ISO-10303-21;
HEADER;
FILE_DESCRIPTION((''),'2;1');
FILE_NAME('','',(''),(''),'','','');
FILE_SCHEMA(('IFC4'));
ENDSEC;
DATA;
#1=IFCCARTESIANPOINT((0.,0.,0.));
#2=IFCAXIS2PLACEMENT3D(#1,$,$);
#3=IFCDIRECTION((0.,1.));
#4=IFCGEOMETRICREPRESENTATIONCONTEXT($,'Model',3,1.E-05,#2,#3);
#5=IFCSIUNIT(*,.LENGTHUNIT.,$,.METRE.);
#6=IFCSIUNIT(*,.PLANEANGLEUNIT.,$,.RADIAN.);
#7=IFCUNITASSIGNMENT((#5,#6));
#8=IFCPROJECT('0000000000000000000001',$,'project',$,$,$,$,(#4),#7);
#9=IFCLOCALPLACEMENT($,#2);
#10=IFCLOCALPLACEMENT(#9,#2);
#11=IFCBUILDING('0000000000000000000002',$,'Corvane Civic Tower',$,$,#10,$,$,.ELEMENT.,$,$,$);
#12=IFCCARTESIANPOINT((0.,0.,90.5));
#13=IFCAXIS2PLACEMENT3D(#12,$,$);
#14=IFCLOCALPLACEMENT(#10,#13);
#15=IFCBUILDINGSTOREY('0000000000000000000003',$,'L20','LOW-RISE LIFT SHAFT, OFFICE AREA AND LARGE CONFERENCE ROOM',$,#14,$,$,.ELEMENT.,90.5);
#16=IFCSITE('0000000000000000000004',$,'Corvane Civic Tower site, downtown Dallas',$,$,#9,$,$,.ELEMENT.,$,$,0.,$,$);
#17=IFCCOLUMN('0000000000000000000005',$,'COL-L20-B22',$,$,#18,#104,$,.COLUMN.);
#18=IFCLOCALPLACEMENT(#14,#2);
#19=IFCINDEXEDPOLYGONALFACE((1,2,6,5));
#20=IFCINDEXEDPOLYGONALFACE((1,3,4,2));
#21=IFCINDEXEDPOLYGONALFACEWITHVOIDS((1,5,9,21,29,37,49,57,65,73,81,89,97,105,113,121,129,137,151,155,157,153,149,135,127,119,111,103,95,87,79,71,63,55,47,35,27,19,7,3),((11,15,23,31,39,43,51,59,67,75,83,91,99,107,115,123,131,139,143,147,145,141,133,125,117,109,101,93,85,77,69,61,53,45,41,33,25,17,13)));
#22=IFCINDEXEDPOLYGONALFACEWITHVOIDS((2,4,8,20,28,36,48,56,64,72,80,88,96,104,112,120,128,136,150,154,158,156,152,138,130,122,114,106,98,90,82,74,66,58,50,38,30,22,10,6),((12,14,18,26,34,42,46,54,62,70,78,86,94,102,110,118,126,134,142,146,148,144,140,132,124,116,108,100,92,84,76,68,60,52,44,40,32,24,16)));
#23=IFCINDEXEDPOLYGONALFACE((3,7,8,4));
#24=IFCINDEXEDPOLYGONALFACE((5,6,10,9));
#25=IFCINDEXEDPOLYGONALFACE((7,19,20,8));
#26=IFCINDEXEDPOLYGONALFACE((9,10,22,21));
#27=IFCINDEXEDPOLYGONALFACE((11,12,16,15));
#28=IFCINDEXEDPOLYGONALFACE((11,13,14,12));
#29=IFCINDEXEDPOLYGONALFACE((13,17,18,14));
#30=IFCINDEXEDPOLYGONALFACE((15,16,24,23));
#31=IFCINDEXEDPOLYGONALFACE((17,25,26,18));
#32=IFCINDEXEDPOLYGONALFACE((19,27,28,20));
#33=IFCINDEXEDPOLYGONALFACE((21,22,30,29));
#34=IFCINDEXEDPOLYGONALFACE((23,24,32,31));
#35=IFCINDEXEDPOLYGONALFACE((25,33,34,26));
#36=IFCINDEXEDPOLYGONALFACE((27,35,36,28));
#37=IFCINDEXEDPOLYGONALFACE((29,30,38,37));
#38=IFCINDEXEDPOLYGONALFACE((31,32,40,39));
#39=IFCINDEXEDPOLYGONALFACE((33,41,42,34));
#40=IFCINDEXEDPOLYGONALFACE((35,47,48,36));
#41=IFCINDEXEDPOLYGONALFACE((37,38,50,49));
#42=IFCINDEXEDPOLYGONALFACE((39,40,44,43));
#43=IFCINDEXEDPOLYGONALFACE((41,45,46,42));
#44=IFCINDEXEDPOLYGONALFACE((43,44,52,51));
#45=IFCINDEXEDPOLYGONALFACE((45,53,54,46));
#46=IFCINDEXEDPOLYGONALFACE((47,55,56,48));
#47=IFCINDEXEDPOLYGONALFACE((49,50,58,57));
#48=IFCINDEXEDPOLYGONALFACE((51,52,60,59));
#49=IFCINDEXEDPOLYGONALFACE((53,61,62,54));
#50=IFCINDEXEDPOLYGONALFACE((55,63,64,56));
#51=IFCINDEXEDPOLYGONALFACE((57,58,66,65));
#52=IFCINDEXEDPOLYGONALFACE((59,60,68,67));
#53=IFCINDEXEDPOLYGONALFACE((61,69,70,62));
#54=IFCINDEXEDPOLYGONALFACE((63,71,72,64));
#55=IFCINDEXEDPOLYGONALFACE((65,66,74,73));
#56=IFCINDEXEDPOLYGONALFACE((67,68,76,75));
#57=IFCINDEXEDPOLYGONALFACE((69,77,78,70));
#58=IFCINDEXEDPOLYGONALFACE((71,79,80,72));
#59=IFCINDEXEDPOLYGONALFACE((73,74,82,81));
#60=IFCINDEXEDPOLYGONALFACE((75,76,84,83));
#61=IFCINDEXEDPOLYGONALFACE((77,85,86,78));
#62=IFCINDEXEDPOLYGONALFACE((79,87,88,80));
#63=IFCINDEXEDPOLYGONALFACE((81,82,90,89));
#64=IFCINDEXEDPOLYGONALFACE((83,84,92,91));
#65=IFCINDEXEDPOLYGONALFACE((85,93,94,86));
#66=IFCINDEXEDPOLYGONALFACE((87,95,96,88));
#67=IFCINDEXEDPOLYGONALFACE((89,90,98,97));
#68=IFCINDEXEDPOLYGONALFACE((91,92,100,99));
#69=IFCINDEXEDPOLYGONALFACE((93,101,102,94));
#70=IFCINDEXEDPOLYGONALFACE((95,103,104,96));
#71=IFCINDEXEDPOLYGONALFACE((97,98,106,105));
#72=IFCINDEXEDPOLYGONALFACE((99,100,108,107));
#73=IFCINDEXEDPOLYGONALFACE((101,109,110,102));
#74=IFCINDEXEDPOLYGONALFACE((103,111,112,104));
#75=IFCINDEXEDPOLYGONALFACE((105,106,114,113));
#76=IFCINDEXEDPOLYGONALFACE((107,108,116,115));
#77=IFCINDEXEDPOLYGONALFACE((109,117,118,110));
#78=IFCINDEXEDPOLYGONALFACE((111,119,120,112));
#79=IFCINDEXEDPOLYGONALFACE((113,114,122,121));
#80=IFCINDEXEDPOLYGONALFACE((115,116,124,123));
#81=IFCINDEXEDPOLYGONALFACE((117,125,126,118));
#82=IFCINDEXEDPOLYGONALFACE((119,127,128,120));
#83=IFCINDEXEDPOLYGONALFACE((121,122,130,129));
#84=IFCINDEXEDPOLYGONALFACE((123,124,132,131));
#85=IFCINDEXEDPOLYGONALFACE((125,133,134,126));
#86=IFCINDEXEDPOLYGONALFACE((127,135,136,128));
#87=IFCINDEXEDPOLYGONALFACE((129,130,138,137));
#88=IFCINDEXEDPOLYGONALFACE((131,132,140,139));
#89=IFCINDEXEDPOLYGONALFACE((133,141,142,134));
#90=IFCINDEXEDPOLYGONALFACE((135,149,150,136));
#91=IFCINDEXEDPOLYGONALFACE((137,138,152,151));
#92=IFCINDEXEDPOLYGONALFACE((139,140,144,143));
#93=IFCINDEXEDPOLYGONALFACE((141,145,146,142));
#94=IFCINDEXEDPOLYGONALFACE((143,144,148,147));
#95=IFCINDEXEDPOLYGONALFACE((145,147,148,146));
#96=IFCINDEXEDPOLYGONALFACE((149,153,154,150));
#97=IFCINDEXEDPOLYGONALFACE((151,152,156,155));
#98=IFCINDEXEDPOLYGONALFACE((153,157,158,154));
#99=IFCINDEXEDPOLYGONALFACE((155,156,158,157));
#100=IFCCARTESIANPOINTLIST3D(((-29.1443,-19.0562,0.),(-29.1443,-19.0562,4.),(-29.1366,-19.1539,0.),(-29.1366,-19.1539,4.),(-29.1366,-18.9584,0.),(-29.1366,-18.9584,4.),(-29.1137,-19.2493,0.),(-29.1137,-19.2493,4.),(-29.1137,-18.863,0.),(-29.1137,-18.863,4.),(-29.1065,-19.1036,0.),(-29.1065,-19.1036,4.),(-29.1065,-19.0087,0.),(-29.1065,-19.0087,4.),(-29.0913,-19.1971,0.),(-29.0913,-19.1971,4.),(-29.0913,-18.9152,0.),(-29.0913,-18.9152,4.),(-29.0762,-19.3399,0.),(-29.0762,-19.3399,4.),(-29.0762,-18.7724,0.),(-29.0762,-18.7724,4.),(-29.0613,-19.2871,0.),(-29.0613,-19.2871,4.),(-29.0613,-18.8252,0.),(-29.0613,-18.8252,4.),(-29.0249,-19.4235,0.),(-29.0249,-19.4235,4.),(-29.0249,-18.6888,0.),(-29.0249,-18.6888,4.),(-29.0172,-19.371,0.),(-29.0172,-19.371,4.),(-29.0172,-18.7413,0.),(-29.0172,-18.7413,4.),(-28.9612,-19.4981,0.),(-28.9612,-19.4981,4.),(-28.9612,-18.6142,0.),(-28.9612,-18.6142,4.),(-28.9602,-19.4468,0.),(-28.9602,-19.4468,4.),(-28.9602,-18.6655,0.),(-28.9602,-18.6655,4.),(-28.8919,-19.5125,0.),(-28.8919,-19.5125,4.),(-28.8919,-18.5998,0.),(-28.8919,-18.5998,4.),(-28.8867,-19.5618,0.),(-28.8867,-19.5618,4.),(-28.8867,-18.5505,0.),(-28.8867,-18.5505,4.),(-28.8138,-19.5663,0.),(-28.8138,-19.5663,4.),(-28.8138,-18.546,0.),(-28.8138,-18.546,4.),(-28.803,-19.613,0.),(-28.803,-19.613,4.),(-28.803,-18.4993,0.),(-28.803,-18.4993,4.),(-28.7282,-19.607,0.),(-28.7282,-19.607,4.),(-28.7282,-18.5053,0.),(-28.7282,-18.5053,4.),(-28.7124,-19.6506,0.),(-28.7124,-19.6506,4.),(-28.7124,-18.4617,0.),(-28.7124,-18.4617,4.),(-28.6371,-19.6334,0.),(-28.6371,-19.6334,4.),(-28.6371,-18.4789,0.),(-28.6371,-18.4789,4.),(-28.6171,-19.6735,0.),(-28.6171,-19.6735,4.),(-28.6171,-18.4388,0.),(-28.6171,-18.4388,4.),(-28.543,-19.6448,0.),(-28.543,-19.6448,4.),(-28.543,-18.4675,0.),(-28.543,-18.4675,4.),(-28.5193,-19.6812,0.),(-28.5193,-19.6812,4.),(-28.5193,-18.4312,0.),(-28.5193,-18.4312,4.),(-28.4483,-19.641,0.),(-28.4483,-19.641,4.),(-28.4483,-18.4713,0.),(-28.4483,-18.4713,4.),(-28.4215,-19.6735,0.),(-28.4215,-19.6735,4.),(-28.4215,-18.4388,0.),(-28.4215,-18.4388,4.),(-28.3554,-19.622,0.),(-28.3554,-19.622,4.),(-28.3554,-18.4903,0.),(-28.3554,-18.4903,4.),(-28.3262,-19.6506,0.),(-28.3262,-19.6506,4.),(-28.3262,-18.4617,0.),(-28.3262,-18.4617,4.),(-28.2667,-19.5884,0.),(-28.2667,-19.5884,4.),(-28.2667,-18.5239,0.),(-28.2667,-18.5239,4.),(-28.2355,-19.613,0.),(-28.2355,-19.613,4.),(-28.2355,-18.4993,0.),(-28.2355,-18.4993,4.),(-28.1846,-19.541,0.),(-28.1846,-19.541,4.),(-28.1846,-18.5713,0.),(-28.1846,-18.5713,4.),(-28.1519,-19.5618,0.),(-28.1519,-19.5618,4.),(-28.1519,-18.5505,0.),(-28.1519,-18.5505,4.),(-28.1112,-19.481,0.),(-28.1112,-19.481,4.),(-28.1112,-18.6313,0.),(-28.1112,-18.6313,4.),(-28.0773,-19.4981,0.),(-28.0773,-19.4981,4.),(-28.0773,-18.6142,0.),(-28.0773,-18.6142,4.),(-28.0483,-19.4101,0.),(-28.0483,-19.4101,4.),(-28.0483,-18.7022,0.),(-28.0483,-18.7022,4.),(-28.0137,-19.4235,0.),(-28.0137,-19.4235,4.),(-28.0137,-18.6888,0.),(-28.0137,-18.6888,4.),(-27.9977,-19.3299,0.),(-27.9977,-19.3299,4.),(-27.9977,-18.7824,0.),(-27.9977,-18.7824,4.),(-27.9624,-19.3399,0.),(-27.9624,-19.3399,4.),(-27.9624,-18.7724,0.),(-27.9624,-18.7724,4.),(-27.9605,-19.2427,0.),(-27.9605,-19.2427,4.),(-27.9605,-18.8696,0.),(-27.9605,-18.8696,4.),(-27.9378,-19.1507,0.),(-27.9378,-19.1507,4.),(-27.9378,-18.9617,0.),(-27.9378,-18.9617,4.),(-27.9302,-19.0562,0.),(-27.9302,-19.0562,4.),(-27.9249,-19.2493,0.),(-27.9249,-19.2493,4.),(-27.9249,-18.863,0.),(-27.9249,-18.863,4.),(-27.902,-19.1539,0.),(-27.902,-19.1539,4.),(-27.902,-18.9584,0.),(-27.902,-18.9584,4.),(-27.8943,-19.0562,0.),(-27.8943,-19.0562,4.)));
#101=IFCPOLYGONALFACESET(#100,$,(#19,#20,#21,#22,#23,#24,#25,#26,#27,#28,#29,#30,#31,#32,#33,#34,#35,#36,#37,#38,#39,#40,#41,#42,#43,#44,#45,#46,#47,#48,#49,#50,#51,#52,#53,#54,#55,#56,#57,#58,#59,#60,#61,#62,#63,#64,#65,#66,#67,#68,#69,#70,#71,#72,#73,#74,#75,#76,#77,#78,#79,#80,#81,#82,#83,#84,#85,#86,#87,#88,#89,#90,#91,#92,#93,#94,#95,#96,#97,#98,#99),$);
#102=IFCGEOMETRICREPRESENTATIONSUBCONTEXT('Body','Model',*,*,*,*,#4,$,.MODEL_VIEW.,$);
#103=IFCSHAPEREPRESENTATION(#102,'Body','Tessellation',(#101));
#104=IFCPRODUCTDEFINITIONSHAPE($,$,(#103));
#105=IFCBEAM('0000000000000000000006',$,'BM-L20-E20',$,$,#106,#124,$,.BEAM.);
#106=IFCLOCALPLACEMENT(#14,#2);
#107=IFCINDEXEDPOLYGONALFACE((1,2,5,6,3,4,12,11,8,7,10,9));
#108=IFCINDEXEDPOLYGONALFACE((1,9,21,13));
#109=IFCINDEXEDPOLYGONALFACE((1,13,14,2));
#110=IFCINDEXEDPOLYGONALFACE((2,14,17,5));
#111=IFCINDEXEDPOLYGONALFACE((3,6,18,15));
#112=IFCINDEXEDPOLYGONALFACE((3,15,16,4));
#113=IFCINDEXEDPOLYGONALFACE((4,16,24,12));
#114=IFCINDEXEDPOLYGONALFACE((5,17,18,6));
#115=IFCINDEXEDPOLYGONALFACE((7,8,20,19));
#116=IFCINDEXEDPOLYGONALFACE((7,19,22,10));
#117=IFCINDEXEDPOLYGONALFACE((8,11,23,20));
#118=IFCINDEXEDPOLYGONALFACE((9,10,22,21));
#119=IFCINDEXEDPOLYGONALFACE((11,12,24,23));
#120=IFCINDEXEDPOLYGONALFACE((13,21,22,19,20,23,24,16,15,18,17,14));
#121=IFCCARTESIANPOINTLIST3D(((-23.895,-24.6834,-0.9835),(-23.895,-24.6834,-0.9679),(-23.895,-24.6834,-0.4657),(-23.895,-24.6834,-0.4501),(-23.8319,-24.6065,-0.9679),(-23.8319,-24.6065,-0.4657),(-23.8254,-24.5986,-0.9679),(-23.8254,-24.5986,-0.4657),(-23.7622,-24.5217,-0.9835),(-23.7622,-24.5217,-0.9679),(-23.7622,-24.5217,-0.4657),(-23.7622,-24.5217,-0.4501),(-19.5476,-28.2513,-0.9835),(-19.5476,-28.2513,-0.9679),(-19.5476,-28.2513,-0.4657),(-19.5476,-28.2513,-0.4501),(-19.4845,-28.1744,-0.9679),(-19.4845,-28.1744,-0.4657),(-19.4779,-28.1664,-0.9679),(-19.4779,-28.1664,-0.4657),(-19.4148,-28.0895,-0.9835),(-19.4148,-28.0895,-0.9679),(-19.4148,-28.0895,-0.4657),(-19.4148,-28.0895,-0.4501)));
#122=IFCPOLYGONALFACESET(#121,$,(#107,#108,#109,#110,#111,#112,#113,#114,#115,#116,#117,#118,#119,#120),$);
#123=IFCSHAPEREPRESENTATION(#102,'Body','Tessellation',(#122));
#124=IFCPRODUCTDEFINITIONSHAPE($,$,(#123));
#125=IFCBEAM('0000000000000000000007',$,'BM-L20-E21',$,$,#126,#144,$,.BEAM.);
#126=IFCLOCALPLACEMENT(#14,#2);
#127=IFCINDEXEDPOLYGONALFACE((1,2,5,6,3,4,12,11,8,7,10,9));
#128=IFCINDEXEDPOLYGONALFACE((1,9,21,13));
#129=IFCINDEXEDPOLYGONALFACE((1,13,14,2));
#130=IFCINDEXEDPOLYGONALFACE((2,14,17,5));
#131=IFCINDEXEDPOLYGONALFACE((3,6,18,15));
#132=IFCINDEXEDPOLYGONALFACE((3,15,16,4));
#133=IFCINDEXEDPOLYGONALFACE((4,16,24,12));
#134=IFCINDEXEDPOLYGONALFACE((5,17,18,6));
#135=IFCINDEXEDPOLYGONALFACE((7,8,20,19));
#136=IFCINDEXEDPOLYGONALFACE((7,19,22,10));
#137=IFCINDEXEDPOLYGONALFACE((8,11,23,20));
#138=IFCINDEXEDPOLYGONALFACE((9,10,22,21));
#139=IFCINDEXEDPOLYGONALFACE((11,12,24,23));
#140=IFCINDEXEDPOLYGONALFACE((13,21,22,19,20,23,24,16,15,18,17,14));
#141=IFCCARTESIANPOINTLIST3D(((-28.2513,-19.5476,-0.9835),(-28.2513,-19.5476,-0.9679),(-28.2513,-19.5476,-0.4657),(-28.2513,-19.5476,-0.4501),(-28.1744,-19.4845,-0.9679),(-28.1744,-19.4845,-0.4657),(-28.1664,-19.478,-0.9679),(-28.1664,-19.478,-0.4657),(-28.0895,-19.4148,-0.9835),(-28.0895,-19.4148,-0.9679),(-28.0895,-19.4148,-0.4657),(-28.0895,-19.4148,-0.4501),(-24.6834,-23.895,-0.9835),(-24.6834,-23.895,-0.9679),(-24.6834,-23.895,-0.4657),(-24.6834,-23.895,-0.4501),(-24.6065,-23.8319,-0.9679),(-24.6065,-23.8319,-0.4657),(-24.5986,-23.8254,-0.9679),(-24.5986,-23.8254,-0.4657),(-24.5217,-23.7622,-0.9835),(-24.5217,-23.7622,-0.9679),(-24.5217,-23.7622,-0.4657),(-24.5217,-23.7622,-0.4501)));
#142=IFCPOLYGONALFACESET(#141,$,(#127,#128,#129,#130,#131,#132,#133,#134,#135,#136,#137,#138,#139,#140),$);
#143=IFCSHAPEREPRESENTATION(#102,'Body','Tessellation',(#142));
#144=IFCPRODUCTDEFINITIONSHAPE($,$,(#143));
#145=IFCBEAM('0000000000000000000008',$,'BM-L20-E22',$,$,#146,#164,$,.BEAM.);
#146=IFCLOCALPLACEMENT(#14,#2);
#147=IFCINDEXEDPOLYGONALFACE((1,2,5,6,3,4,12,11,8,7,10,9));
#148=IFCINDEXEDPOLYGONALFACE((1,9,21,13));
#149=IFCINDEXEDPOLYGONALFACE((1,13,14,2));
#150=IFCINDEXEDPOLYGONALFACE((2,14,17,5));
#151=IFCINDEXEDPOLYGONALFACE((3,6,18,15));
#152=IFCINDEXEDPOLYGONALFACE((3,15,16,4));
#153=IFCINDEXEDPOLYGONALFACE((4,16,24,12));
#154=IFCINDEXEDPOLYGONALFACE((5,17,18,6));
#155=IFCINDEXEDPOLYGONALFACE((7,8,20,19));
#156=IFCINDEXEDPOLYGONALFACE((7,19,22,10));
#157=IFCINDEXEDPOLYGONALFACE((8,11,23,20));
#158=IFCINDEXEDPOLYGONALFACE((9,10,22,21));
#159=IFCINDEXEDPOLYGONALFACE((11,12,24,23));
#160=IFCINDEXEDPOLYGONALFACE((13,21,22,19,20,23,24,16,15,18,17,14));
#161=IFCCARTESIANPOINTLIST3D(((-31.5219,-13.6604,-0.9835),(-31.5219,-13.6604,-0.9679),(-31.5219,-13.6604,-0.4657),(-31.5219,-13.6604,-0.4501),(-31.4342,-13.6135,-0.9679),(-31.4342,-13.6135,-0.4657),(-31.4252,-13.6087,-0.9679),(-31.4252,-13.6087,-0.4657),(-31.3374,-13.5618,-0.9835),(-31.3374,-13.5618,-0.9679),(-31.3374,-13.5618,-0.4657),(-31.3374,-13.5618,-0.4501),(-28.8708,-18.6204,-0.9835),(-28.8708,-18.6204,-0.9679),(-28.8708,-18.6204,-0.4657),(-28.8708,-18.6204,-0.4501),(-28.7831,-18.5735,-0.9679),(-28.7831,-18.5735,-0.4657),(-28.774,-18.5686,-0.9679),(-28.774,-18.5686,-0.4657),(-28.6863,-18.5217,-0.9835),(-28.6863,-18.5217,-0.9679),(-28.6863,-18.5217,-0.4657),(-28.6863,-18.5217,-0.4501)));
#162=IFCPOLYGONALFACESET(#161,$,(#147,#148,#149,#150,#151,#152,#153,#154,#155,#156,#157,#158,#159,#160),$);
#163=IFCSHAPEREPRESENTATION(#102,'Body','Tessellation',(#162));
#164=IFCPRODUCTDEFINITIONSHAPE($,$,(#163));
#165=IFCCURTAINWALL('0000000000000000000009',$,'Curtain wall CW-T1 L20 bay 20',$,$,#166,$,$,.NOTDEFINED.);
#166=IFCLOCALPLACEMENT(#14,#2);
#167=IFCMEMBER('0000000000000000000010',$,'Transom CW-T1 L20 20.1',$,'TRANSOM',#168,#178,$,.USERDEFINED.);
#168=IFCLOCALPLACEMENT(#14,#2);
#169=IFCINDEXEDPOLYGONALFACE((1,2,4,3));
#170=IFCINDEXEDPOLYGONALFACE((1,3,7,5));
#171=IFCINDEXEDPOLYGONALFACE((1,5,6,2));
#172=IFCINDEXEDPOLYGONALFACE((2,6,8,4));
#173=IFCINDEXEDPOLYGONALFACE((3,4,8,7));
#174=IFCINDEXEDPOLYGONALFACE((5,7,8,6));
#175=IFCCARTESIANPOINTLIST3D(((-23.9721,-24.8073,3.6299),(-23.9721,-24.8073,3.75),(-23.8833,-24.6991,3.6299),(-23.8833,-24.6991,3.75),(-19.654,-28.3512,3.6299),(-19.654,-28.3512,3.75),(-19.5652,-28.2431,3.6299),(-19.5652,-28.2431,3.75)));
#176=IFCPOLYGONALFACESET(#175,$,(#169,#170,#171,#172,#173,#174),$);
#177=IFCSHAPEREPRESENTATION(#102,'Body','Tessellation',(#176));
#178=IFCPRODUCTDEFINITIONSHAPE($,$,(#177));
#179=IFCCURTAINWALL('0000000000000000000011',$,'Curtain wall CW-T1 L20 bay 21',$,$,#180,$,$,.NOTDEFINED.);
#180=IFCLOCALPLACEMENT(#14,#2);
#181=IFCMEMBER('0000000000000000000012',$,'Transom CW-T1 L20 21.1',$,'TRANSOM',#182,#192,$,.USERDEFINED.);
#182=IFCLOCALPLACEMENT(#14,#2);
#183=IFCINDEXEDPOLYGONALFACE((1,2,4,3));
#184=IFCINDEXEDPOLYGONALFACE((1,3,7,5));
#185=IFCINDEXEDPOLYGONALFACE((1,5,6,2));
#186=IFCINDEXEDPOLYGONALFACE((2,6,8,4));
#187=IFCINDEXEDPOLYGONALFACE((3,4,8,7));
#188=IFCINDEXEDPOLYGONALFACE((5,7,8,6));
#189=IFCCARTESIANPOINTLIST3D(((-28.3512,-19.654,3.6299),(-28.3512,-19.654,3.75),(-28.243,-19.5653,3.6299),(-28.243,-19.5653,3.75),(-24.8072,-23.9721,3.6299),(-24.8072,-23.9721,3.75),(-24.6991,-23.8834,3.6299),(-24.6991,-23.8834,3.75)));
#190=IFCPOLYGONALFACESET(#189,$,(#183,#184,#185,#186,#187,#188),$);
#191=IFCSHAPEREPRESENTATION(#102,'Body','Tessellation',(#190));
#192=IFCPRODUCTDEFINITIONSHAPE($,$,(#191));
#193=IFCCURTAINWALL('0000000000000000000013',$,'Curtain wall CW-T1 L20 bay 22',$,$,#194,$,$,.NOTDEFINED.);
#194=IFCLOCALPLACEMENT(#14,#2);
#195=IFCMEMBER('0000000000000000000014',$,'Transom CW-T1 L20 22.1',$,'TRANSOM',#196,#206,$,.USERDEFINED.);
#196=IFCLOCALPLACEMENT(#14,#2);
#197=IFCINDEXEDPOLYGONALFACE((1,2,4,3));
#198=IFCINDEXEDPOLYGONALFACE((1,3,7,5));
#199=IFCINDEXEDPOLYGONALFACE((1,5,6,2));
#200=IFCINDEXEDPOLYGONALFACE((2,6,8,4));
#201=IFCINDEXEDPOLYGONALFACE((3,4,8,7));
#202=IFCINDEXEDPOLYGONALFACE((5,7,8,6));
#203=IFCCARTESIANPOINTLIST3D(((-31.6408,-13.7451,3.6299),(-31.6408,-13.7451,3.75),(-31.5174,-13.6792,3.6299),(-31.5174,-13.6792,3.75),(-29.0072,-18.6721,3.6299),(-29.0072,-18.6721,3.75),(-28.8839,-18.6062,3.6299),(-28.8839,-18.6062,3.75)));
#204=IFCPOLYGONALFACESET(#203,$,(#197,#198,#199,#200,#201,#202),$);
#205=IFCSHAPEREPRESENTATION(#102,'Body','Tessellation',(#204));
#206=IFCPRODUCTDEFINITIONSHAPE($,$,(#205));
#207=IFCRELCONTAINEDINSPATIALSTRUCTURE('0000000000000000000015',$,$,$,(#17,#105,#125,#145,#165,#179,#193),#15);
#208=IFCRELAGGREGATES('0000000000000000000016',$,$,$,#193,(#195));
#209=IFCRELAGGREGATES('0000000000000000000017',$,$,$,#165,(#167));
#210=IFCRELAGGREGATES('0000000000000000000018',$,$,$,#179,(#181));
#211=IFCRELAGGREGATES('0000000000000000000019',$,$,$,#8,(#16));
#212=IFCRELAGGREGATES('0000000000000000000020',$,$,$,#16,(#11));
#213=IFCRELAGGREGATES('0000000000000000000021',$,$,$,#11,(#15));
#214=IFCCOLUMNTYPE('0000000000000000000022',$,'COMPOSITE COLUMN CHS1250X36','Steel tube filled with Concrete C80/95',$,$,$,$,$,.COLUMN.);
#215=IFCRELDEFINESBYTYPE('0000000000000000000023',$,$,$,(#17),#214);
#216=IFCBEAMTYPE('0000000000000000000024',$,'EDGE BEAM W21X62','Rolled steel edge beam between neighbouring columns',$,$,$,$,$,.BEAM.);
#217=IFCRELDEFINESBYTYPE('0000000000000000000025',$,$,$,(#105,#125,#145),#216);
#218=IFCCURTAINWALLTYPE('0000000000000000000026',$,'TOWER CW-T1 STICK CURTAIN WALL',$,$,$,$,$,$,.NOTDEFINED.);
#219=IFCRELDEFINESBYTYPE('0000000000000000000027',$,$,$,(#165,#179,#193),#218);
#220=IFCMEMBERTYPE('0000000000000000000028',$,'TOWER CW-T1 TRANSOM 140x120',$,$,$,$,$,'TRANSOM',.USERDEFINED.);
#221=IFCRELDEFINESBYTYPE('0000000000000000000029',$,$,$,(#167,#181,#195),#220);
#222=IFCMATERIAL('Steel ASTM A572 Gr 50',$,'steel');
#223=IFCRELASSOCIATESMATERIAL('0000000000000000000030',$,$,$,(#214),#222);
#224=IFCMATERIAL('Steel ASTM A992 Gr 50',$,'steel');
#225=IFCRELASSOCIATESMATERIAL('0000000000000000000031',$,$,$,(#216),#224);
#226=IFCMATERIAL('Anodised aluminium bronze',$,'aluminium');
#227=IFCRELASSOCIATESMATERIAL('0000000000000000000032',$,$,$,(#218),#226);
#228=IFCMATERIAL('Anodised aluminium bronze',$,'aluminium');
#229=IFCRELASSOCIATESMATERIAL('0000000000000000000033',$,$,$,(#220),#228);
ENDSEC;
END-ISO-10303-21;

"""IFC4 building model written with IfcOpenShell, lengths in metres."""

from ifc_helpers import new_model, si_unit, direction, frame, origin, origin_2d, place, context, subcontext, project, spatial, rectangle, hollow_circle, i_section, extrude, material, material_profile, profile_set, type_object, element, aggregate, save


model = new_model("IFC4")

# Units and contexts
model_context = context("Model", 3, precision=1e-05, world=origin(), true_north=direction((0.0, 1.0)))
body_context = subcontext(model_context, "Body", "Model", "MODEL_VIEW")
ifc_project = project(units=[si_unit("LENGTHUNIT", "METRE"), si_unit("PLANEANGLEUNIT", "RADIAN")], contexts=[model_context])

# Site, building, storey
site_placement = place(None, origin())
site = spatial("IfcSite", under=ifc_project, at=site_placement, Name="Corvane Civic Tower site, downtown Dallas", CompositionType="ELEMENT", RefElevation=0.0)
building_placement = place(site_placement, origin())
building = spatial("IfcBuilding", under=site, at=building_placement, Name="Corvane Civic Tower", CompositionType="ELEMENT")
storey_placement = place(building_placement, frame((0.0, 0.0, 90.5)))
storey = spatial("IfcBuildingStorey", under=building, at=storey_placement, Name="L20", Description="LOW-RISE LIFT SHAFT, OFFICE AREA AND LARGE CONFERENCE ROOM", CompositionType="ELEMENT", Elevation=90.5)

# Column
ifc_material_1 = material(Name="Steel ASTM A572 Gr 50", Category="steel")
ifc_material_profile_1 = material_profile(ifc_material_1, hollow_circle(Radius=0.625, WallThickness=0.0359, at=origin_2d()), Name="CHS1250X36")
ifc_profile_set_1 = profile_set([ifc_material_profile_1], Name="Steel ASTM A572 Gr 50")
column_type = type_object("IfcColumnType", Name="COMPOSITE COLUMN CHS1250X36", Description="Steel tube filled with Concrete C80/95", PredefinedType="COLUMN", material=ifc_profile_set_1)
for number, where, z_axis, x_axis, name in (
    (1, (-28.5193, -19.0562, 0.0), (0.0, 0.0, 1.0), (1.0, 0.0, 0.0), "COL-L20-B22"),
):
    element("IfcColumn", number, at=place(storey_placement, frame(where, z_axis=z_axis, x_axis=x_axis)), inside=storey, type_object=column_type, Name=name, PredefinedType="COLUMN", context=body_context, shape_type="SweptSolid", body=[
        extrude(hollow_circle(Radius=0.625, WallThickness=0.0359, at=origin_2d()), origin(), (0.0, 0.0, 1.0), 4.0),
    ])

# Beams
ifc_material_2 = material(Name="Steel ASTM A992 Gr 50", Category="steel")
ifc_material_profile_2 = material_profile(ifc_material_2, i_section(OverallWidth=0.2092, OverallDepth=0.5334, WebThickness=0.0103, FlangeThickness=0.0156, at=origin_2d()), Name="W21X62")
ifc_profile_set_2 = profile_set([ifc_material_profile_2], Name="Steel ASTM A992 Gr 50")
beam_type = type_object("IfcBeamType", Name="EDGE BEAM W21X62", Description="Rolled steel edge beam between neighbouring columns", PredefinedType="BEAM", material=ifc_profile_set_2)
for number, where, z_axis, x_axis, name in (
    (2, (-19.4812, -28.1704, -0.7168), (-0.773007, 0.634398, 0.0), (-0.634398, -0.773007, 0.0), "BM-L20-E20"),
    (3, (-24.6025, -23.8286, -0.7168), (-0.634398, 0.773007, 0.0), (-0.773007, -0.634398, 0.0), "BM-L20-E21"),
    (4, (-28.7786, -18.571, -0.7168), (-0.471392, 0.881924, 0.0), (-0.881924, -0.471392, 0.0), "BM-L20-E22"),
):
    element("IfcBeam", number, at=place(storey_placement, frame(where, z_axis=z_axis, x_axis=x_axis)), inside=storey, type_object=beam_type, Name=name, PredefinedType="BEAM", context=body_context, shape_type="SweptSolid", body=[
        extrude(i_section(OverallWidth=0.2092, OverallDepth=0.5334, WebThickness=0.0103, FlangeThickness=0.0156, at=origin_2d()), origin(), (0.0, 0.0, 1.0), 5.624),
    ])

# Curtain walls, members
ifc_material_3 = material(Name="Anodised aluminium bronze", Category="aluminium")
curtain_wall_type = type_object("IfcCurtainWallType", Name="TOWER CW-T1 STICK CURTAIN WALL", PredefinedType="NOTDEFINED", material=ifc_material_3)
curtain_wall_1_placement = place(storey_placement, origin())
curtain_wall_1 = element("IfcCurtainWall", 5, at=curtain_wall_1_placement, inside=storey, type_object=curtain_wall_type, Name="Curtain wall CW-T1 L20 bay 20", PredefinedType="NOTDEFINED")
ifc_material_4 = material(Name="Anodised aluminium bronze", Category="aluminium")
ifc_material_profile_3 = material_profile(ifc_material_4, rectangle(XDim=0.1399, YDim=0.1201, at=origin_2d()), Name="TOWER CW-T1 TRANSOM 140x120")
ifc_profile_set_3 = profile_set([ifc_material_profile_3], Name="Anodised aluminium bronze")
member_type = type_object("IfcMemberType", Name="TOWER CW-T1 TRANSOM 140x120", ElementType="TRANSOM", PredefinedType="USERDEFINED", material=ifc_profile_set_3)
member_1_placement = place(storey_placement, frame((-19.6096, -28.2971, 3.6899), z_axis=(-0.772996, 0.63441, 0.0), x_axis=(-0.63441, -0.772996, 0.0)))
member_1 = element("IfcMember", 6, at=member_1_placement, type_object=member_type, Name="Transom CW-T1 L20 20.1", ObjectType="TRANSOM", PredefinedType="USERDEFINED", context=body_context, shape_type="SweptSolid", body=[
    extrude(rectangle(XDim=0.1399, YDim=0.1201, at=origin_2d()), origin(), (0.0, 0.0, 1.0), 5.5862),
])
curtain_wall_2_placement = place(storey_placement, origin())
curtain_wall_2 = element("IfcCurtainWall", 7, at=curtain_wall_2_placement, inside=storey, type_object=curtain_wall_type, Name="Curtain wall CW-T1 L20 bay 21", PredefinedType="NOTDEFINED")
member_2_placement = place(storey_placement, frame((-24.7532, -23.9277, 3.6899), z_axis=(-0.63441, 0.772996, 0.0), x_axis=(-0.772996, -0.63441, 0.0)))
member_2 = element("IfcMember", 8, at=member_2_placement, type_object=member_type, Name="Transom CW-T1 L20 21.1", ObjectType="TRANSOM", PredefinedType="USERDEFINED", context=body_context, shape_type="SweptSolid", body=[
    extrude(rectangle(XDim=0.1399, YDim=0.1201, at=origin_2d()), origin(), (0.0, 0.0, 1.0), 5.5862),
])
curtain_wall_3_placement = place(storey_placement, origin())
curtain_wall_3 = element("IfcCurtainWall", 9, at=curtain_wall_3_placement, inside=storey, type_object=curtain_wall_type, Name="Curtain wall CW-T1 L20 bay 22", PredefinedType="NOTDEFINED")
member_3_placement = place(storey_placement, frame((-28.9456, -18.6392, 3.6899), z_axis=(-0.471398, 0.881921, 0.0), x_axis=(-0.881921, -0.471398, 0.0)))
member_3 = element("IfcMember", 10, at=member_3_placement, type_object=member_type, Name="Transom CW-T1 L20 22.1", ObjectType="TRANSOM", PredefinedType="USERDEFINED", context=body_context, shape_type="SweptSolid", body=[
    extrude(rectangle(XDim=0.1399, YDim=0.1201, at=origin_2d()), origin(), (0.0, 0.0, 1.0), 5.5867),
])
aggregate(curtain_wall_3, [member_3])

aggregate(curtain_wall_1, [member_1])
aggregate(curtain_wall_2, [member_2])

save(model, "model.ifc")
